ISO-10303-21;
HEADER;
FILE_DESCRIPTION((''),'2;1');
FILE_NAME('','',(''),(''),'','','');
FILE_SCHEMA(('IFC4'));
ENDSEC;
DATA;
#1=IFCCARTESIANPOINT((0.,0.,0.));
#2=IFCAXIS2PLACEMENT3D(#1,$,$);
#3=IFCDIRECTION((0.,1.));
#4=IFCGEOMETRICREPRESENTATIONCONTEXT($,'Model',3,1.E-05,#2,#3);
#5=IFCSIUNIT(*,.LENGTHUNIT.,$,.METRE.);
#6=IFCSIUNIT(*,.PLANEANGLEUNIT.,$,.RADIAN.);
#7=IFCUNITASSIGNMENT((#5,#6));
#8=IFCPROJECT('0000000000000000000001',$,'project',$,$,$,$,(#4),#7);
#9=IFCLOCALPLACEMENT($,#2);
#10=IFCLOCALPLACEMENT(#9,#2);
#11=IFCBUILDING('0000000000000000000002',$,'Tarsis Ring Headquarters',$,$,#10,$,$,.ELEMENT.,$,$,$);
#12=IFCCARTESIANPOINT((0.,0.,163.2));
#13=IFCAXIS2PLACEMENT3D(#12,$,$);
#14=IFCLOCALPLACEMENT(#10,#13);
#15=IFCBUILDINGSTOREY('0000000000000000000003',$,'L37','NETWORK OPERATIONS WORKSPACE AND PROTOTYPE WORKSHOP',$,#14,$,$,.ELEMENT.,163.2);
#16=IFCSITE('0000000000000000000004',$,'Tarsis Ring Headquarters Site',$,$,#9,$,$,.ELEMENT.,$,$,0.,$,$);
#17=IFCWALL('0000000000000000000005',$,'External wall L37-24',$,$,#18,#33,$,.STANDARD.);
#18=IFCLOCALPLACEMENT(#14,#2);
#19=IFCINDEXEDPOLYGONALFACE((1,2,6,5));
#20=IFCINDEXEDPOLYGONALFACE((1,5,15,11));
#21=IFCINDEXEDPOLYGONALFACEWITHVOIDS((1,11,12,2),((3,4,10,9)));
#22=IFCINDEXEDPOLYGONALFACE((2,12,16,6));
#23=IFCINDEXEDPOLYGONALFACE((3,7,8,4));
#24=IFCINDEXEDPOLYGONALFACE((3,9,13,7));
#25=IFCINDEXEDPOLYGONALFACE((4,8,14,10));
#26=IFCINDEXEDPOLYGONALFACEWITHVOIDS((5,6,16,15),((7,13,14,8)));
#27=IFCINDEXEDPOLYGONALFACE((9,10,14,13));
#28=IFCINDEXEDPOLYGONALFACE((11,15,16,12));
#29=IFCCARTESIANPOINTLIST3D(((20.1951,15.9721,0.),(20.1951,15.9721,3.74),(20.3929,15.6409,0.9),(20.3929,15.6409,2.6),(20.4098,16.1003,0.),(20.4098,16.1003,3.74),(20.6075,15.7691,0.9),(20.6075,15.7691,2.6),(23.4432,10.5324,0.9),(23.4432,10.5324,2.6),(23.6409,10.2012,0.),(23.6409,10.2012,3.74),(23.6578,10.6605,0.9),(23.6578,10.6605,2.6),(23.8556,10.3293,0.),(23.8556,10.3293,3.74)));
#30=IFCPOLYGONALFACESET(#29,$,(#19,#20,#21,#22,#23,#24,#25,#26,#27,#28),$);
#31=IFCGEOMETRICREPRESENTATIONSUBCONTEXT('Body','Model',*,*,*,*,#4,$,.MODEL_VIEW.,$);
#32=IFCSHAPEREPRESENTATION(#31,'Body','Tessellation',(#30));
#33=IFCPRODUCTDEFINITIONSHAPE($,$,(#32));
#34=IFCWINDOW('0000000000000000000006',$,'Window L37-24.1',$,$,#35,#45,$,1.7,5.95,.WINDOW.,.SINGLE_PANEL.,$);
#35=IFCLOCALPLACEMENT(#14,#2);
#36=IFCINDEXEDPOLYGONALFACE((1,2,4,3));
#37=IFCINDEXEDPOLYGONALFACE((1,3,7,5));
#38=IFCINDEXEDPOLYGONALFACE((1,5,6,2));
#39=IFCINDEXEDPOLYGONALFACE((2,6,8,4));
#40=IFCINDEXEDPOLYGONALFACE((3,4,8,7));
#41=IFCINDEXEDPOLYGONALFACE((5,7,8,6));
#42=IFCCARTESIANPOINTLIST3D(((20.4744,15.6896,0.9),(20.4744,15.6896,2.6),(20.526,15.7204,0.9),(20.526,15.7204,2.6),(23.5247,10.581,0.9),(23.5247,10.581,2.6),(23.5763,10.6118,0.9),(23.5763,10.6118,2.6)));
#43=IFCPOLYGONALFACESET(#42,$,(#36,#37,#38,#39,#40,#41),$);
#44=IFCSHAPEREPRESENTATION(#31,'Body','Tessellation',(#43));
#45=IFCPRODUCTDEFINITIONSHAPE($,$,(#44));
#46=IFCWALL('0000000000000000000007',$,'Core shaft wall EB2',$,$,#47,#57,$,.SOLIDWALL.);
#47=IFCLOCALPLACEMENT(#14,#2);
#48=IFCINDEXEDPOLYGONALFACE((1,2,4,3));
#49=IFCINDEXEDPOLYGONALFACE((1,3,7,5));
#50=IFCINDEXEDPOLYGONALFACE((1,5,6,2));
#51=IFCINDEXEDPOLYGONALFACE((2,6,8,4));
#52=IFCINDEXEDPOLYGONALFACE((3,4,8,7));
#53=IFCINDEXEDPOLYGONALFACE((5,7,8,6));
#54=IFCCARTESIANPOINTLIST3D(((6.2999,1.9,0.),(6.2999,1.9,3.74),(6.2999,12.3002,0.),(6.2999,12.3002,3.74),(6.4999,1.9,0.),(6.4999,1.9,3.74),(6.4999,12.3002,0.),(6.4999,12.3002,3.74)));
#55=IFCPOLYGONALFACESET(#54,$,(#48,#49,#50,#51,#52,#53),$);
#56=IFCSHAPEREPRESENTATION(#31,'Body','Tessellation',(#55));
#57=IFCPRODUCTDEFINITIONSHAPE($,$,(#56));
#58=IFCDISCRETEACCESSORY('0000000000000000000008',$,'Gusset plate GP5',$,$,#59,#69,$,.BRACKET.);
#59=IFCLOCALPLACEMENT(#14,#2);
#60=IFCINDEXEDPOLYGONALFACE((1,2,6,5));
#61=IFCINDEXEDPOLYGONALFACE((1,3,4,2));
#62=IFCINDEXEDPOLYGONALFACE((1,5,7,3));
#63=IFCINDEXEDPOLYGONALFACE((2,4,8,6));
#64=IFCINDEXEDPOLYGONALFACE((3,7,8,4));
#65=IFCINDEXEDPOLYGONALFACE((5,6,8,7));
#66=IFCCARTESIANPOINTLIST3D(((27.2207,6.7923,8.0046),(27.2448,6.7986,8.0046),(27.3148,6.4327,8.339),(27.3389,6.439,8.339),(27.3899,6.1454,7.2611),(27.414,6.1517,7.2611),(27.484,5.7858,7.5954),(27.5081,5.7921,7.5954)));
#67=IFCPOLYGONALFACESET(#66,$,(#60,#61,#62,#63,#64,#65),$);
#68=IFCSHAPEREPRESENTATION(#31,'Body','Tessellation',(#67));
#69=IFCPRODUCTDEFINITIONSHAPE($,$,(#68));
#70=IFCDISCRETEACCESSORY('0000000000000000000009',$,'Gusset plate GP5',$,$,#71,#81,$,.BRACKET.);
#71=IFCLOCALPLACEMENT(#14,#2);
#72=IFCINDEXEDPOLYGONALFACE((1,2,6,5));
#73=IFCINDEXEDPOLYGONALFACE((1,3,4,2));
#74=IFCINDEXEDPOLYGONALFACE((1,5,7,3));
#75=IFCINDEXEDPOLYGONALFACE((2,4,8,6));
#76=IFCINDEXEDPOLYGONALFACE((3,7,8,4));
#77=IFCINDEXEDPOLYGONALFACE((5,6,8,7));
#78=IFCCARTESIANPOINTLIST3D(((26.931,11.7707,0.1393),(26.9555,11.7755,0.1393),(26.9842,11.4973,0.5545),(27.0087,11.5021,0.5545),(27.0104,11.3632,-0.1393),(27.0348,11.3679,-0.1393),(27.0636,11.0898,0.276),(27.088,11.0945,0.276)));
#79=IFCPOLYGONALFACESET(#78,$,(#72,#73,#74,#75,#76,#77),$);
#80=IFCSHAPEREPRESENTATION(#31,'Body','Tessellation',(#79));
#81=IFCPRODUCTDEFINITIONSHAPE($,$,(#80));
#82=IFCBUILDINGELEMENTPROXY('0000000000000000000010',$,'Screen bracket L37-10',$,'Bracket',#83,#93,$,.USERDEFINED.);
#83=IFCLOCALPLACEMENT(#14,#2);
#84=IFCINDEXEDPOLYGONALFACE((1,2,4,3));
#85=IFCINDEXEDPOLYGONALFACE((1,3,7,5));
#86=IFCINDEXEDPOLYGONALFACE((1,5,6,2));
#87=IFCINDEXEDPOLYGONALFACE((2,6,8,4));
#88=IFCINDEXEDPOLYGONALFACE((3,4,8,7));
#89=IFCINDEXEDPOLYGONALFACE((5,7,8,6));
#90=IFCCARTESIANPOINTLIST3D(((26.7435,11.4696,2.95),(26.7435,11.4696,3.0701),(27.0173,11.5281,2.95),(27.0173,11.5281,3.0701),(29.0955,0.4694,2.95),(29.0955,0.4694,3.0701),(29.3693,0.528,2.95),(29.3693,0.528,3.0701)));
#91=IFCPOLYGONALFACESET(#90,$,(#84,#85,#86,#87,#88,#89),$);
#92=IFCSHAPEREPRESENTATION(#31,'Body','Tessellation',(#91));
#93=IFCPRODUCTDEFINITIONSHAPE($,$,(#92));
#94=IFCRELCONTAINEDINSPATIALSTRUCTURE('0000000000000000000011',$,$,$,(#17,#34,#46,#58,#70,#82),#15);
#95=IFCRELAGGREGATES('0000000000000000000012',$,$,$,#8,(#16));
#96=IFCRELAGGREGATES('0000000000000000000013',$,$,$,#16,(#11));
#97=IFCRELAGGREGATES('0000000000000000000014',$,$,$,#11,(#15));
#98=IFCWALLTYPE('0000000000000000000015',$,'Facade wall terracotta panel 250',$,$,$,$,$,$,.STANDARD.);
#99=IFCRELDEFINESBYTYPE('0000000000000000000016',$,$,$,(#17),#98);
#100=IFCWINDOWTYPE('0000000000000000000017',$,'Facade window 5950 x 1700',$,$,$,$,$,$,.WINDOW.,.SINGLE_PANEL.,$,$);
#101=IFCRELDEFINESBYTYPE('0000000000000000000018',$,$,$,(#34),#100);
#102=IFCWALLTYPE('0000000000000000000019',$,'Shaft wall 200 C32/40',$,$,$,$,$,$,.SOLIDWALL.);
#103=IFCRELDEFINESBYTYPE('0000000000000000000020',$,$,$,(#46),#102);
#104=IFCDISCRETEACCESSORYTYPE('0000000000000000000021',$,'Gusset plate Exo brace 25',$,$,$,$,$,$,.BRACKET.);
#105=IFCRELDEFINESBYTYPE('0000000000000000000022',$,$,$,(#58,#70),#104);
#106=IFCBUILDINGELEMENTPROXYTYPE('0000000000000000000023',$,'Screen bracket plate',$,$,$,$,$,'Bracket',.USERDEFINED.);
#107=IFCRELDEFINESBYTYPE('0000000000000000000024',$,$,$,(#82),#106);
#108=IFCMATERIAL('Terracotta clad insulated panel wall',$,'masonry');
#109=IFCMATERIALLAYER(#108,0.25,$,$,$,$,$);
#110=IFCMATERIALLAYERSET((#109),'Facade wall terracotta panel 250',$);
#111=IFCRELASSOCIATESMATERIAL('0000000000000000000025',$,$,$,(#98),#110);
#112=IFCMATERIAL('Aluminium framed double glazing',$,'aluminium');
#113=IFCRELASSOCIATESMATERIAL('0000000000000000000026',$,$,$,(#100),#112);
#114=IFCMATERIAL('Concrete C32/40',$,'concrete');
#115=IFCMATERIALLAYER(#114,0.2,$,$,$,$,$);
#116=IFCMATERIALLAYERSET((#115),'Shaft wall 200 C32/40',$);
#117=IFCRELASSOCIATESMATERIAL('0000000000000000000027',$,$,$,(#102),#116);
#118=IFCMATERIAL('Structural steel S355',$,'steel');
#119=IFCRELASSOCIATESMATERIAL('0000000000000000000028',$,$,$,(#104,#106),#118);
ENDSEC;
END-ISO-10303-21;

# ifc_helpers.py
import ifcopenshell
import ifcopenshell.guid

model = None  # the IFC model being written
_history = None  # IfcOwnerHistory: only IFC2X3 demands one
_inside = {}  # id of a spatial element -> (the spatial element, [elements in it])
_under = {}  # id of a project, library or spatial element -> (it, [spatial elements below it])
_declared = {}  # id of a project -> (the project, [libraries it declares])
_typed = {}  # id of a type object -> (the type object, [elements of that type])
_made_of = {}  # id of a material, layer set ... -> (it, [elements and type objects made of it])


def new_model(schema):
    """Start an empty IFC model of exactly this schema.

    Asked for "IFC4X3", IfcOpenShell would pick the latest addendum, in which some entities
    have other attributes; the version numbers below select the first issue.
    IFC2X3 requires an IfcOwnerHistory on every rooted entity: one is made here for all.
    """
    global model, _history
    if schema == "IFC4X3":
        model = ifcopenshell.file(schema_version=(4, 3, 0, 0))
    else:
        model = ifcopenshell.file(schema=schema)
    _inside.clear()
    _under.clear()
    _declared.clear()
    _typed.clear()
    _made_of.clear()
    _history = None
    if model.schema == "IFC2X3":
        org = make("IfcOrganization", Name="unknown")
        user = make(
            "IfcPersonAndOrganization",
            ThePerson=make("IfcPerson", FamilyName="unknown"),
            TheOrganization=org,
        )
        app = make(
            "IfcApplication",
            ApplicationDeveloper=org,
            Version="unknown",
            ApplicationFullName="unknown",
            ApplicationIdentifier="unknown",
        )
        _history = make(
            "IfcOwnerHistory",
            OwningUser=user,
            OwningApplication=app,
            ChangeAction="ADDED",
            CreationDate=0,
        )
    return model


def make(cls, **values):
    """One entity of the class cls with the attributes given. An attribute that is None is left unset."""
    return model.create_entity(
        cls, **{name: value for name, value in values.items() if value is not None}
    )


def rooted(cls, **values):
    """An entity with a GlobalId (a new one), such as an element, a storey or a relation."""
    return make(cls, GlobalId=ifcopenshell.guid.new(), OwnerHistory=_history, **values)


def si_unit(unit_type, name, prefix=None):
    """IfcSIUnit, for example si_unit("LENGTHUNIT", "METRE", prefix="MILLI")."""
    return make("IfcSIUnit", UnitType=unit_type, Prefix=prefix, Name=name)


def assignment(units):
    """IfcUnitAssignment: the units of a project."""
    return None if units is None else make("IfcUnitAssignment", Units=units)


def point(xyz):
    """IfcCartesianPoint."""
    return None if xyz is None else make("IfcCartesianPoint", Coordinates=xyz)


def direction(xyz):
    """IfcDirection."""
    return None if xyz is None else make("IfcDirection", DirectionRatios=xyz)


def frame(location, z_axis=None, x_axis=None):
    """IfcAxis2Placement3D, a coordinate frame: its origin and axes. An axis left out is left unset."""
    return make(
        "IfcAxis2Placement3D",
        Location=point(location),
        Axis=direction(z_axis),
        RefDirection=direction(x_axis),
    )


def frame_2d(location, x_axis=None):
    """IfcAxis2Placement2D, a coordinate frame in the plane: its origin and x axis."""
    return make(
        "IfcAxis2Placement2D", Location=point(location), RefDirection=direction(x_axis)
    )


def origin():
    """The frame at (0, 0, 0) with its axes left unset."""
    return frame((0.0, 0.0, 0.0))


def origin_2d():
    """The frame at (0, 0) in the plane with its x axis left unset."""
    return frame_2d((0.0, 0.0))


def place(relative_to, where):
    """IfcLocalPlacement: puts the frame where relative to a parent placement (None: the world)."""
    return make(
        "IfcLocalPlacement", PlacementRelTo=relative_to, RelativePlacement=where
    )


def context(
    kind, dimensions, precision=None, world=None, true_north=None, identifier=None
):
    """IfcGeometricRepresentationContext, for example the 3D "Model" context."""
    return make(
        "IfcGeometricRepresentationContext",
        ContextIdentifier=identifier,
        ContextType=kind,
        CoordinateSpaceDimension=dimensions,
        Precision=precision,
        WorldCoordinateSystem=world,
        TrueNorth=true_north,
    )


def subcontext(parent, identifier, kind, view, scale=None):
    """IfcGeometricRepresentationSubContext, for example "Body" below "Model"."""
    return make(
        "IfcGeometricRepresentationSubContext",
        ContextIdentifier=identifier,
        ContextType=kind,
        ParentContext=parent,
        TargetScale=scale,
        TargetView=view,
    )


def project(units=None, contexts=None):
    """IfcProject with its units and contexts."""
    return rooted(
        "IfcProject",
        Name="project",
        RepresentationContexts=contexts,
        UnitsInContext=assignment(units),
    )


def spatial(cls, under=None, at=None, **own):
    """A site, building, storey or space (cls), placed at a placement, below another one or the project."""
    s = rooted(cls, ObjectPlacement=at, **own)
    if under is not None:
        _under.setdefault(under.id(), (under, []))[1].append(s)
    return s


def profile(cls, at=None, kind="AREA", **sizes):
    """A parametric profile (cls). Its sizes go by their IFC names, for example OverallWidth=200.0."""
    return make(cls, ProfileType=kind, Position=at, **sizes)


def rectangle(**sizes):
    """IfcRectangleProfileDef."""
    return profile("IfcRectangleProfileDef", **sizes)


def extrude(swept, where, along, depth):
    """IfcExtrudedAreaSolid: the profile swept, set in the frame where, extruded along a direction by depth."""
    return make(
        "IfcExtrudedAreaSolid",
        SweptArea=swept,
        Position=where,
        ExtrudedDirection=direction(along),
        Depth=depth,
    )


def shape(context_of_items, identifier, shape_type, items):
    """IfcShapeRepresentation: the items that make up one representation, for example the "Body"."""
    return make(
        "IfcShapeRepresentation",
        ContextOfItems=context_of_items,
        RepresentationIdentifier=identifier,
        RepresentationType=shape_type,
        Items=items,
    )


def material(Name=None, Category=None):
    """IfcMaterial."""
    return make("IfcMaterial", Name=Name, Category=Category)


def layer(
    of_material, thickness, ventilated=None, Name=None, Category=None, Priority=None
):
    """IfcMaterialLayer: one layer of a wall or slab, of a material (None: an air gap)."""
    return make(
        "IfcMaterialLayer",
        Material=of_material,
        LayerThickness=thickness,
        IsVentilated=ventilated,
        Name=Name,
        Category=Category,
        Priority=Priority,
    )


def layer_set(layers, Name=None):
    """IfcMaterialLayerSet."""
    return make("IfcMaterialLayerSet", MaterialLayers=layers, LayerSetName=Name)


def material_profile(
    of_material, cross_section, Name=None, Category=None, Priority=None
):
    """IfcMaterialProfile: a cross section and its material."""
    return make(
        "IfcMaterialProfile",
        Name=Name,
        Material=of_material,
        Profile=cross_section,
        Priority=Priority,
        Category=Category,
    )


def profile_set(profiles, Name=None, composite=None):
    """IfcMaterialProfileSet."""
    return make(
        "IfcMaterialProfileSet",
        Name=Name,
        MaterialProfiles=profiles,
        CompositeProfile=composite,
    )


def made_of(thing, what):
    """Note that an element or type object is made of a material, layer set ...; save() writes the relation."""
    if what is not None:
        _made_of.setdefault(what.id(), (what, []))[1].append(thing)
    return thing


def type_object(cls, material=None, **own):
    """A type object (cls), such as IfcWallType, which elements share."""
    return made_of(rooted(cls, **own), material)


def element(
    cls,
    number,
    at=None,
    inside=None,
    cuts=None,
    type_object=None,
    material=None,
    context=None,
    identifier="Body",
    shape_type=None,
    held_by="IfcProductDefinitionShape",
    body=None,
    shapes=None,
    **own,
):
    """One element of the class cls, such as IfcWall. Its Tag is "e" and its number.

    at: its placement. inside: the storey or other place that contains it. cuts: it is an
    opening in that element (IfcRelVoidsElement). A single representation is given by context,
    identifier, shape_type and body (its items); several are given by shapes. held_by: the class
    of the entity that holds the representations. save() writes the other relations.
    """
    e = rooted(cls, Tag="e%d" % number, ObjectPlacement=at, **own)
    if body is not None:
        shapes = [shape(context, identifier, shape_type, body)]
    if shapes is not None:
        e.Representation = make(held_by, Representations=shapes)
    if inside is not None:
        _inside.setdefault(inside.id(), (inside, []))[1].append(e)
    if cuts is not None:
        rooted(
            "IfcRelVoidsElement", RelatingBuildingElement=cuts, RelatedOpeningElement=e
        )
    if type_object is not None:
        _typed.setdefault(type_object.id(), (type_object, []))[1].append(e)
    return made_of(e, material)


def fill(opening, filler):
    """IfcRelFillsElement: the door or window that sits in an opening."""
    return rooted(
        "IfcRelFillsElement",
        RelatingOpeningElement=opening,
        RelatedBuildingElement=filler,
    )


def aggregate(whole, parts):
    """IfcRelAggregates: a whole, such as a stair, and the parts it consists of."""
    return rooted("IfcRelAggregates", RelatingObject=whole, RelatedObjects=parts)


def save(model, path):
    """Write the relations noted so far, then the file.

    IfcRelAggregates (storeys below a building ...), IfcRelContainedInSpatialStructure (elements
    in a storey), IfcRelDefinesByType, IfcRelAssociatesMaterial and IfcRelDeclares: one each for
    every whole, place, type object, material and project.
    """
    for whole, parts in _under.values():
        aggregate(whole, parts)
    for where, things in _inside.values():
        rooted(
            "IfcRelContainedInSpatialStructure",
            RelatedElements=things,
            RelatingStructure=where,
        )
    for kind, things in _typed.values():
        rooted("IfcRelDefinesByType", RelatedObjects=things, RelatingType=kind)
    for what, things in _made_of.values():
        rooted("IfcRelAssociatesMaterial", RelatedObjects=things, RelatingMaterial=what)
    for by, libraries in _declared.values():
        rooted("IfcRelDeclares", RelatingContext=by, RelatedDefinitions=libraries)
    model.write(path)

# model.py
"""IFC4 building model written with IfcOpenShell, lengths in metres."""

from ifc_helpers import new_model, si_unit, direction, frame, frame_2d, origin, origin_2d, place, context, subcontext, project, spatial, rectangle, extrude, material, layer, layer_set, material_profile, profile_set, type_object, element, fill, save


model = new_model("IFC4")

# Units and contexts
model_context = context("Model", 3, precision=1e-05, world=origin(), true_north=direction((0.0, 1.0)))
body_context = subcontext(model_context, "Body", "Model", "MODEL_VIEW")
ifc_project = project(units=[si_unit("LENGTHUNIT", "METRE"), si_unit("PLANEANGLEUNIT", "RADIAN")], contexts=[model_context])

# Site, building, storey
site_placement = place(None, origin())
site = spatial("IfcSite", under=ifc_project, at=site_placement, Name="Tarsis Ring Headquarters Site", CompositionType="ELEMENT", RefElevation=0.0)
building_placement = place(site_placement, origin())
building = spatial("IfcBuilding", under=site, at=building_placement, Name="Tarsis Ring Headquarters", CompositionType="ELEMENT")
storey_placement = place(building_placement, frame((0.0, 0.0, 163.2)))
storey = spatial("IfcBuildingStorey", under=building, at=storey_placement, Name="L37", Description="NETWORK OPERATIONS WORKSPACE AND PROTOTYPE WORKSHOP", CompositionType="ELEMENT", Elevation=163.2)

# Shared definitions
ifc_material_1 = material(Name="Structural steel S355", Category="steel")

# Wall, opening, window
ifc_material_2 = material(Name="Terracotta clad insulated panel wall", Category="masonry")
ifc_layer_1 = layer(ifc_material_2, 0.25)
ifc_layer_set_1 = layer_set([ifc_layer_1], Name="Facade wall terracotta panel 250")
wall_type_1 = type_object("IfcWallType", Name="Facade wall terracotta panel 250", PredefinedType="STANDARD", material=ifc_layer_set_1)
ifc_material_3 = material(Name="Aluminium framed double glazing", Category="aluminium")
window_type = type_object("IfcWindowType", Name="Facade window 5950 x 1700", PartitioningType="SINGLE_PANEL", PredefinedType="WINDOW", material=ifc_material_3)
wall_1_placement = place(storey_placement, frame((23.7483, 10.2651, 0.0), z_axis=(0.0, 0.0, 1.0), x_axis=(-0.512657, 0.858593, 0.0)))
wall_1 = element("IfcWall", 1, at=wall_1_placement, inside=storey, type_object=wall_type_1, Name="External wall L37-24", PredefinedType="STANDARD", context=body_context, shape_type="SweptSolid", body=[
    extrude(rectangle(XDim=6.7214, YDim=0.25, at=frame_2d((3.3608, 0.0))), origin(), (0.0, 0.0, 1.0), 3.74),
])
opening_1_placement = place(wall_1_placement, frame((0.3857, 0.0, 0.8999)))
opening_1 = element("IfcOpeningElement", 2, at=opening_1_placement, cuts=wall_1, PredefinedType="OPENING", context=body_context, shape_type="SweptSolid", body=[
    extrude(rectangle(XDim=5.95, YDim=1.7, at=frame_2d((2.9751, 0.8501))), frame((0.0, 0.135, 0.0), z_axis=(0.0, -1.0, 0.0), x_axis=(1.0, 0.0, 0.0)), (0.0, 0.0, 1.0), 0.27),
])
window_1_placement = place(opening_1_placement, origin())
window_1 = element("IfcWindow", 3, at=window_1_placement, inside=storey, type_object=window_type, Name="Window L37-24.1", OverallHeight=1.7, OverallWidth=5.95, PartitioningType="SINGLE_PANEL", PredefinedType="WINDOW", context=body_context, shape_type="SweptSolid", body=[
    extrude(rectangle(XDim=5.95, YDim=1.7, at=frame_2d((2.9751, 0.8501))), frame((0.0, 0.03, 0.0), z_axis=(0.0, -1.0, 0.0), x_axis=(1.0, 0.0, 0.0)), (0.0, 0.0, 1.0), 0.0601),
])
fill(opening_1, window_1)

# Wall
ifc_material_4 = material(Name="Concrete C32/40", Category="concrete")
ifc_layer_2 = layer(ifc_material_4, 0.2)
ifc_layer_set_2 = layer_set([ifc_layer_2], Name="Shaft wall 200 C32/40")
wall_type_2 = type_object("IfcWallType", Name="Shaft wall 200 C32/40", PredefinedType="SOLIDWALL", material=ifc_layer_set_2)
wall_2_placement = place(storey_placement, frame((6.3999, 1.8999, 0.0), z_axis=(0.0, 0.0, 1.0), x_axis=(0.0, 1.0, 0.0)))
element("IfcWall", 4, at=wall_2_placement, inside=storey, type_object=wall_type_2, Name="Core shaft wall EB2", PredefinedType="SOLIDWALL", context=body_context, shape_type="SweptSolid", body=[
    extrude(rectangle(XDim=10.4001, YDim=0.2, at=frame_2d((5.2002, 0.0))), origin(), (0.0, 0.0, 1.0), 3.74),
])

# Discrete accessories
ifc_material_profile_1 = material_profile(ifc_material_1, rectangle(XDim=0.0249, YDim=0.5, at=origin_2d()), Name="PL 25x500")
ifc_profile_set_1 = profile_set([ifc_material_profile_1], Name="Structural steel S355")
discrete_accessory_type = type_object("IfcDiscreteAccessoryType", Name="Gusset plate Exo brace 25", PredefinedType="BRACKET", material=ifc_profile_set_1)
discrete_accessory_1_placement = place(storey_placement, frame((27.449, 5.9688, 7.4282), z_axis=(-0.169171, 0.646902, 0.743571), x_axis=(-0.967466, -0.253001, 0.0)))
element("IfcDiscreteAccessory", 5, at=discrete_accessory_1_placement, inside=storey, type_object=discrete_accessory_type, Name="Gusset plate GP5", PredefinedType="BRACKET", context=body_context, shape_type="SweptSolid", body=[
    extrude(rectangle(XDim=0.0249, YDim=0.5, at=origin_2d()), origin(), (0.0, 0.0, 1.0), 1.0),
])
discrete_accessory_2_placement = place(storey_placement, frame((26.9829, 11.5693, 0.0), z_axis=(0.106432, -0.546808, 0.830465), x_axis=(0.981579, 0.191057, 0.0)))
element("IfcDiscreteAccessory", 6, at=discrete_accessory_2_placement, inside=storey, type_object=discrete_accessory_type, Name="Gusset plate GP5", PredefinedType="BRACKET", context=body_context, shape_type="SweptSolid", body=[
    extrude(rectangle(XDim=0.0249, YDim=0.5, at=origin_2d()), origin(), (0.0, 0.0, 1.0), 0.5),
])

# Building element proxy
building_element_proxy_type = type_object("IfcBuildingElementProxyType", Name="Screen bracket plate", ElementType="Bracket", PredefinedType="USERDEFINED", material=ifc_material_1)
proxy_placement = place(storey_placement, frame((28.0564, 5.9988, 2.95), z_axis=(0.0, 0.0, 1.0), x_axis=(-0.209085, 0.977897, 0.0)))
element("IfcBuildingElementProxy", 7, at=proxy_placement, inside=storey, type_object=building_element_proxy_type, Name="Screen bracket L37-10", ObjectType="Bracket", PredefinedType="USERDEFINED", context=body_context, shape_type="SweptSolid", body=[
    extrude(rectangle(XDim=11.2488, YDim=0.28, at=origin_2d()), origin(), (0.0, 0.0, 1.0), 0.1201),
])

save(model, "model.ifc")
